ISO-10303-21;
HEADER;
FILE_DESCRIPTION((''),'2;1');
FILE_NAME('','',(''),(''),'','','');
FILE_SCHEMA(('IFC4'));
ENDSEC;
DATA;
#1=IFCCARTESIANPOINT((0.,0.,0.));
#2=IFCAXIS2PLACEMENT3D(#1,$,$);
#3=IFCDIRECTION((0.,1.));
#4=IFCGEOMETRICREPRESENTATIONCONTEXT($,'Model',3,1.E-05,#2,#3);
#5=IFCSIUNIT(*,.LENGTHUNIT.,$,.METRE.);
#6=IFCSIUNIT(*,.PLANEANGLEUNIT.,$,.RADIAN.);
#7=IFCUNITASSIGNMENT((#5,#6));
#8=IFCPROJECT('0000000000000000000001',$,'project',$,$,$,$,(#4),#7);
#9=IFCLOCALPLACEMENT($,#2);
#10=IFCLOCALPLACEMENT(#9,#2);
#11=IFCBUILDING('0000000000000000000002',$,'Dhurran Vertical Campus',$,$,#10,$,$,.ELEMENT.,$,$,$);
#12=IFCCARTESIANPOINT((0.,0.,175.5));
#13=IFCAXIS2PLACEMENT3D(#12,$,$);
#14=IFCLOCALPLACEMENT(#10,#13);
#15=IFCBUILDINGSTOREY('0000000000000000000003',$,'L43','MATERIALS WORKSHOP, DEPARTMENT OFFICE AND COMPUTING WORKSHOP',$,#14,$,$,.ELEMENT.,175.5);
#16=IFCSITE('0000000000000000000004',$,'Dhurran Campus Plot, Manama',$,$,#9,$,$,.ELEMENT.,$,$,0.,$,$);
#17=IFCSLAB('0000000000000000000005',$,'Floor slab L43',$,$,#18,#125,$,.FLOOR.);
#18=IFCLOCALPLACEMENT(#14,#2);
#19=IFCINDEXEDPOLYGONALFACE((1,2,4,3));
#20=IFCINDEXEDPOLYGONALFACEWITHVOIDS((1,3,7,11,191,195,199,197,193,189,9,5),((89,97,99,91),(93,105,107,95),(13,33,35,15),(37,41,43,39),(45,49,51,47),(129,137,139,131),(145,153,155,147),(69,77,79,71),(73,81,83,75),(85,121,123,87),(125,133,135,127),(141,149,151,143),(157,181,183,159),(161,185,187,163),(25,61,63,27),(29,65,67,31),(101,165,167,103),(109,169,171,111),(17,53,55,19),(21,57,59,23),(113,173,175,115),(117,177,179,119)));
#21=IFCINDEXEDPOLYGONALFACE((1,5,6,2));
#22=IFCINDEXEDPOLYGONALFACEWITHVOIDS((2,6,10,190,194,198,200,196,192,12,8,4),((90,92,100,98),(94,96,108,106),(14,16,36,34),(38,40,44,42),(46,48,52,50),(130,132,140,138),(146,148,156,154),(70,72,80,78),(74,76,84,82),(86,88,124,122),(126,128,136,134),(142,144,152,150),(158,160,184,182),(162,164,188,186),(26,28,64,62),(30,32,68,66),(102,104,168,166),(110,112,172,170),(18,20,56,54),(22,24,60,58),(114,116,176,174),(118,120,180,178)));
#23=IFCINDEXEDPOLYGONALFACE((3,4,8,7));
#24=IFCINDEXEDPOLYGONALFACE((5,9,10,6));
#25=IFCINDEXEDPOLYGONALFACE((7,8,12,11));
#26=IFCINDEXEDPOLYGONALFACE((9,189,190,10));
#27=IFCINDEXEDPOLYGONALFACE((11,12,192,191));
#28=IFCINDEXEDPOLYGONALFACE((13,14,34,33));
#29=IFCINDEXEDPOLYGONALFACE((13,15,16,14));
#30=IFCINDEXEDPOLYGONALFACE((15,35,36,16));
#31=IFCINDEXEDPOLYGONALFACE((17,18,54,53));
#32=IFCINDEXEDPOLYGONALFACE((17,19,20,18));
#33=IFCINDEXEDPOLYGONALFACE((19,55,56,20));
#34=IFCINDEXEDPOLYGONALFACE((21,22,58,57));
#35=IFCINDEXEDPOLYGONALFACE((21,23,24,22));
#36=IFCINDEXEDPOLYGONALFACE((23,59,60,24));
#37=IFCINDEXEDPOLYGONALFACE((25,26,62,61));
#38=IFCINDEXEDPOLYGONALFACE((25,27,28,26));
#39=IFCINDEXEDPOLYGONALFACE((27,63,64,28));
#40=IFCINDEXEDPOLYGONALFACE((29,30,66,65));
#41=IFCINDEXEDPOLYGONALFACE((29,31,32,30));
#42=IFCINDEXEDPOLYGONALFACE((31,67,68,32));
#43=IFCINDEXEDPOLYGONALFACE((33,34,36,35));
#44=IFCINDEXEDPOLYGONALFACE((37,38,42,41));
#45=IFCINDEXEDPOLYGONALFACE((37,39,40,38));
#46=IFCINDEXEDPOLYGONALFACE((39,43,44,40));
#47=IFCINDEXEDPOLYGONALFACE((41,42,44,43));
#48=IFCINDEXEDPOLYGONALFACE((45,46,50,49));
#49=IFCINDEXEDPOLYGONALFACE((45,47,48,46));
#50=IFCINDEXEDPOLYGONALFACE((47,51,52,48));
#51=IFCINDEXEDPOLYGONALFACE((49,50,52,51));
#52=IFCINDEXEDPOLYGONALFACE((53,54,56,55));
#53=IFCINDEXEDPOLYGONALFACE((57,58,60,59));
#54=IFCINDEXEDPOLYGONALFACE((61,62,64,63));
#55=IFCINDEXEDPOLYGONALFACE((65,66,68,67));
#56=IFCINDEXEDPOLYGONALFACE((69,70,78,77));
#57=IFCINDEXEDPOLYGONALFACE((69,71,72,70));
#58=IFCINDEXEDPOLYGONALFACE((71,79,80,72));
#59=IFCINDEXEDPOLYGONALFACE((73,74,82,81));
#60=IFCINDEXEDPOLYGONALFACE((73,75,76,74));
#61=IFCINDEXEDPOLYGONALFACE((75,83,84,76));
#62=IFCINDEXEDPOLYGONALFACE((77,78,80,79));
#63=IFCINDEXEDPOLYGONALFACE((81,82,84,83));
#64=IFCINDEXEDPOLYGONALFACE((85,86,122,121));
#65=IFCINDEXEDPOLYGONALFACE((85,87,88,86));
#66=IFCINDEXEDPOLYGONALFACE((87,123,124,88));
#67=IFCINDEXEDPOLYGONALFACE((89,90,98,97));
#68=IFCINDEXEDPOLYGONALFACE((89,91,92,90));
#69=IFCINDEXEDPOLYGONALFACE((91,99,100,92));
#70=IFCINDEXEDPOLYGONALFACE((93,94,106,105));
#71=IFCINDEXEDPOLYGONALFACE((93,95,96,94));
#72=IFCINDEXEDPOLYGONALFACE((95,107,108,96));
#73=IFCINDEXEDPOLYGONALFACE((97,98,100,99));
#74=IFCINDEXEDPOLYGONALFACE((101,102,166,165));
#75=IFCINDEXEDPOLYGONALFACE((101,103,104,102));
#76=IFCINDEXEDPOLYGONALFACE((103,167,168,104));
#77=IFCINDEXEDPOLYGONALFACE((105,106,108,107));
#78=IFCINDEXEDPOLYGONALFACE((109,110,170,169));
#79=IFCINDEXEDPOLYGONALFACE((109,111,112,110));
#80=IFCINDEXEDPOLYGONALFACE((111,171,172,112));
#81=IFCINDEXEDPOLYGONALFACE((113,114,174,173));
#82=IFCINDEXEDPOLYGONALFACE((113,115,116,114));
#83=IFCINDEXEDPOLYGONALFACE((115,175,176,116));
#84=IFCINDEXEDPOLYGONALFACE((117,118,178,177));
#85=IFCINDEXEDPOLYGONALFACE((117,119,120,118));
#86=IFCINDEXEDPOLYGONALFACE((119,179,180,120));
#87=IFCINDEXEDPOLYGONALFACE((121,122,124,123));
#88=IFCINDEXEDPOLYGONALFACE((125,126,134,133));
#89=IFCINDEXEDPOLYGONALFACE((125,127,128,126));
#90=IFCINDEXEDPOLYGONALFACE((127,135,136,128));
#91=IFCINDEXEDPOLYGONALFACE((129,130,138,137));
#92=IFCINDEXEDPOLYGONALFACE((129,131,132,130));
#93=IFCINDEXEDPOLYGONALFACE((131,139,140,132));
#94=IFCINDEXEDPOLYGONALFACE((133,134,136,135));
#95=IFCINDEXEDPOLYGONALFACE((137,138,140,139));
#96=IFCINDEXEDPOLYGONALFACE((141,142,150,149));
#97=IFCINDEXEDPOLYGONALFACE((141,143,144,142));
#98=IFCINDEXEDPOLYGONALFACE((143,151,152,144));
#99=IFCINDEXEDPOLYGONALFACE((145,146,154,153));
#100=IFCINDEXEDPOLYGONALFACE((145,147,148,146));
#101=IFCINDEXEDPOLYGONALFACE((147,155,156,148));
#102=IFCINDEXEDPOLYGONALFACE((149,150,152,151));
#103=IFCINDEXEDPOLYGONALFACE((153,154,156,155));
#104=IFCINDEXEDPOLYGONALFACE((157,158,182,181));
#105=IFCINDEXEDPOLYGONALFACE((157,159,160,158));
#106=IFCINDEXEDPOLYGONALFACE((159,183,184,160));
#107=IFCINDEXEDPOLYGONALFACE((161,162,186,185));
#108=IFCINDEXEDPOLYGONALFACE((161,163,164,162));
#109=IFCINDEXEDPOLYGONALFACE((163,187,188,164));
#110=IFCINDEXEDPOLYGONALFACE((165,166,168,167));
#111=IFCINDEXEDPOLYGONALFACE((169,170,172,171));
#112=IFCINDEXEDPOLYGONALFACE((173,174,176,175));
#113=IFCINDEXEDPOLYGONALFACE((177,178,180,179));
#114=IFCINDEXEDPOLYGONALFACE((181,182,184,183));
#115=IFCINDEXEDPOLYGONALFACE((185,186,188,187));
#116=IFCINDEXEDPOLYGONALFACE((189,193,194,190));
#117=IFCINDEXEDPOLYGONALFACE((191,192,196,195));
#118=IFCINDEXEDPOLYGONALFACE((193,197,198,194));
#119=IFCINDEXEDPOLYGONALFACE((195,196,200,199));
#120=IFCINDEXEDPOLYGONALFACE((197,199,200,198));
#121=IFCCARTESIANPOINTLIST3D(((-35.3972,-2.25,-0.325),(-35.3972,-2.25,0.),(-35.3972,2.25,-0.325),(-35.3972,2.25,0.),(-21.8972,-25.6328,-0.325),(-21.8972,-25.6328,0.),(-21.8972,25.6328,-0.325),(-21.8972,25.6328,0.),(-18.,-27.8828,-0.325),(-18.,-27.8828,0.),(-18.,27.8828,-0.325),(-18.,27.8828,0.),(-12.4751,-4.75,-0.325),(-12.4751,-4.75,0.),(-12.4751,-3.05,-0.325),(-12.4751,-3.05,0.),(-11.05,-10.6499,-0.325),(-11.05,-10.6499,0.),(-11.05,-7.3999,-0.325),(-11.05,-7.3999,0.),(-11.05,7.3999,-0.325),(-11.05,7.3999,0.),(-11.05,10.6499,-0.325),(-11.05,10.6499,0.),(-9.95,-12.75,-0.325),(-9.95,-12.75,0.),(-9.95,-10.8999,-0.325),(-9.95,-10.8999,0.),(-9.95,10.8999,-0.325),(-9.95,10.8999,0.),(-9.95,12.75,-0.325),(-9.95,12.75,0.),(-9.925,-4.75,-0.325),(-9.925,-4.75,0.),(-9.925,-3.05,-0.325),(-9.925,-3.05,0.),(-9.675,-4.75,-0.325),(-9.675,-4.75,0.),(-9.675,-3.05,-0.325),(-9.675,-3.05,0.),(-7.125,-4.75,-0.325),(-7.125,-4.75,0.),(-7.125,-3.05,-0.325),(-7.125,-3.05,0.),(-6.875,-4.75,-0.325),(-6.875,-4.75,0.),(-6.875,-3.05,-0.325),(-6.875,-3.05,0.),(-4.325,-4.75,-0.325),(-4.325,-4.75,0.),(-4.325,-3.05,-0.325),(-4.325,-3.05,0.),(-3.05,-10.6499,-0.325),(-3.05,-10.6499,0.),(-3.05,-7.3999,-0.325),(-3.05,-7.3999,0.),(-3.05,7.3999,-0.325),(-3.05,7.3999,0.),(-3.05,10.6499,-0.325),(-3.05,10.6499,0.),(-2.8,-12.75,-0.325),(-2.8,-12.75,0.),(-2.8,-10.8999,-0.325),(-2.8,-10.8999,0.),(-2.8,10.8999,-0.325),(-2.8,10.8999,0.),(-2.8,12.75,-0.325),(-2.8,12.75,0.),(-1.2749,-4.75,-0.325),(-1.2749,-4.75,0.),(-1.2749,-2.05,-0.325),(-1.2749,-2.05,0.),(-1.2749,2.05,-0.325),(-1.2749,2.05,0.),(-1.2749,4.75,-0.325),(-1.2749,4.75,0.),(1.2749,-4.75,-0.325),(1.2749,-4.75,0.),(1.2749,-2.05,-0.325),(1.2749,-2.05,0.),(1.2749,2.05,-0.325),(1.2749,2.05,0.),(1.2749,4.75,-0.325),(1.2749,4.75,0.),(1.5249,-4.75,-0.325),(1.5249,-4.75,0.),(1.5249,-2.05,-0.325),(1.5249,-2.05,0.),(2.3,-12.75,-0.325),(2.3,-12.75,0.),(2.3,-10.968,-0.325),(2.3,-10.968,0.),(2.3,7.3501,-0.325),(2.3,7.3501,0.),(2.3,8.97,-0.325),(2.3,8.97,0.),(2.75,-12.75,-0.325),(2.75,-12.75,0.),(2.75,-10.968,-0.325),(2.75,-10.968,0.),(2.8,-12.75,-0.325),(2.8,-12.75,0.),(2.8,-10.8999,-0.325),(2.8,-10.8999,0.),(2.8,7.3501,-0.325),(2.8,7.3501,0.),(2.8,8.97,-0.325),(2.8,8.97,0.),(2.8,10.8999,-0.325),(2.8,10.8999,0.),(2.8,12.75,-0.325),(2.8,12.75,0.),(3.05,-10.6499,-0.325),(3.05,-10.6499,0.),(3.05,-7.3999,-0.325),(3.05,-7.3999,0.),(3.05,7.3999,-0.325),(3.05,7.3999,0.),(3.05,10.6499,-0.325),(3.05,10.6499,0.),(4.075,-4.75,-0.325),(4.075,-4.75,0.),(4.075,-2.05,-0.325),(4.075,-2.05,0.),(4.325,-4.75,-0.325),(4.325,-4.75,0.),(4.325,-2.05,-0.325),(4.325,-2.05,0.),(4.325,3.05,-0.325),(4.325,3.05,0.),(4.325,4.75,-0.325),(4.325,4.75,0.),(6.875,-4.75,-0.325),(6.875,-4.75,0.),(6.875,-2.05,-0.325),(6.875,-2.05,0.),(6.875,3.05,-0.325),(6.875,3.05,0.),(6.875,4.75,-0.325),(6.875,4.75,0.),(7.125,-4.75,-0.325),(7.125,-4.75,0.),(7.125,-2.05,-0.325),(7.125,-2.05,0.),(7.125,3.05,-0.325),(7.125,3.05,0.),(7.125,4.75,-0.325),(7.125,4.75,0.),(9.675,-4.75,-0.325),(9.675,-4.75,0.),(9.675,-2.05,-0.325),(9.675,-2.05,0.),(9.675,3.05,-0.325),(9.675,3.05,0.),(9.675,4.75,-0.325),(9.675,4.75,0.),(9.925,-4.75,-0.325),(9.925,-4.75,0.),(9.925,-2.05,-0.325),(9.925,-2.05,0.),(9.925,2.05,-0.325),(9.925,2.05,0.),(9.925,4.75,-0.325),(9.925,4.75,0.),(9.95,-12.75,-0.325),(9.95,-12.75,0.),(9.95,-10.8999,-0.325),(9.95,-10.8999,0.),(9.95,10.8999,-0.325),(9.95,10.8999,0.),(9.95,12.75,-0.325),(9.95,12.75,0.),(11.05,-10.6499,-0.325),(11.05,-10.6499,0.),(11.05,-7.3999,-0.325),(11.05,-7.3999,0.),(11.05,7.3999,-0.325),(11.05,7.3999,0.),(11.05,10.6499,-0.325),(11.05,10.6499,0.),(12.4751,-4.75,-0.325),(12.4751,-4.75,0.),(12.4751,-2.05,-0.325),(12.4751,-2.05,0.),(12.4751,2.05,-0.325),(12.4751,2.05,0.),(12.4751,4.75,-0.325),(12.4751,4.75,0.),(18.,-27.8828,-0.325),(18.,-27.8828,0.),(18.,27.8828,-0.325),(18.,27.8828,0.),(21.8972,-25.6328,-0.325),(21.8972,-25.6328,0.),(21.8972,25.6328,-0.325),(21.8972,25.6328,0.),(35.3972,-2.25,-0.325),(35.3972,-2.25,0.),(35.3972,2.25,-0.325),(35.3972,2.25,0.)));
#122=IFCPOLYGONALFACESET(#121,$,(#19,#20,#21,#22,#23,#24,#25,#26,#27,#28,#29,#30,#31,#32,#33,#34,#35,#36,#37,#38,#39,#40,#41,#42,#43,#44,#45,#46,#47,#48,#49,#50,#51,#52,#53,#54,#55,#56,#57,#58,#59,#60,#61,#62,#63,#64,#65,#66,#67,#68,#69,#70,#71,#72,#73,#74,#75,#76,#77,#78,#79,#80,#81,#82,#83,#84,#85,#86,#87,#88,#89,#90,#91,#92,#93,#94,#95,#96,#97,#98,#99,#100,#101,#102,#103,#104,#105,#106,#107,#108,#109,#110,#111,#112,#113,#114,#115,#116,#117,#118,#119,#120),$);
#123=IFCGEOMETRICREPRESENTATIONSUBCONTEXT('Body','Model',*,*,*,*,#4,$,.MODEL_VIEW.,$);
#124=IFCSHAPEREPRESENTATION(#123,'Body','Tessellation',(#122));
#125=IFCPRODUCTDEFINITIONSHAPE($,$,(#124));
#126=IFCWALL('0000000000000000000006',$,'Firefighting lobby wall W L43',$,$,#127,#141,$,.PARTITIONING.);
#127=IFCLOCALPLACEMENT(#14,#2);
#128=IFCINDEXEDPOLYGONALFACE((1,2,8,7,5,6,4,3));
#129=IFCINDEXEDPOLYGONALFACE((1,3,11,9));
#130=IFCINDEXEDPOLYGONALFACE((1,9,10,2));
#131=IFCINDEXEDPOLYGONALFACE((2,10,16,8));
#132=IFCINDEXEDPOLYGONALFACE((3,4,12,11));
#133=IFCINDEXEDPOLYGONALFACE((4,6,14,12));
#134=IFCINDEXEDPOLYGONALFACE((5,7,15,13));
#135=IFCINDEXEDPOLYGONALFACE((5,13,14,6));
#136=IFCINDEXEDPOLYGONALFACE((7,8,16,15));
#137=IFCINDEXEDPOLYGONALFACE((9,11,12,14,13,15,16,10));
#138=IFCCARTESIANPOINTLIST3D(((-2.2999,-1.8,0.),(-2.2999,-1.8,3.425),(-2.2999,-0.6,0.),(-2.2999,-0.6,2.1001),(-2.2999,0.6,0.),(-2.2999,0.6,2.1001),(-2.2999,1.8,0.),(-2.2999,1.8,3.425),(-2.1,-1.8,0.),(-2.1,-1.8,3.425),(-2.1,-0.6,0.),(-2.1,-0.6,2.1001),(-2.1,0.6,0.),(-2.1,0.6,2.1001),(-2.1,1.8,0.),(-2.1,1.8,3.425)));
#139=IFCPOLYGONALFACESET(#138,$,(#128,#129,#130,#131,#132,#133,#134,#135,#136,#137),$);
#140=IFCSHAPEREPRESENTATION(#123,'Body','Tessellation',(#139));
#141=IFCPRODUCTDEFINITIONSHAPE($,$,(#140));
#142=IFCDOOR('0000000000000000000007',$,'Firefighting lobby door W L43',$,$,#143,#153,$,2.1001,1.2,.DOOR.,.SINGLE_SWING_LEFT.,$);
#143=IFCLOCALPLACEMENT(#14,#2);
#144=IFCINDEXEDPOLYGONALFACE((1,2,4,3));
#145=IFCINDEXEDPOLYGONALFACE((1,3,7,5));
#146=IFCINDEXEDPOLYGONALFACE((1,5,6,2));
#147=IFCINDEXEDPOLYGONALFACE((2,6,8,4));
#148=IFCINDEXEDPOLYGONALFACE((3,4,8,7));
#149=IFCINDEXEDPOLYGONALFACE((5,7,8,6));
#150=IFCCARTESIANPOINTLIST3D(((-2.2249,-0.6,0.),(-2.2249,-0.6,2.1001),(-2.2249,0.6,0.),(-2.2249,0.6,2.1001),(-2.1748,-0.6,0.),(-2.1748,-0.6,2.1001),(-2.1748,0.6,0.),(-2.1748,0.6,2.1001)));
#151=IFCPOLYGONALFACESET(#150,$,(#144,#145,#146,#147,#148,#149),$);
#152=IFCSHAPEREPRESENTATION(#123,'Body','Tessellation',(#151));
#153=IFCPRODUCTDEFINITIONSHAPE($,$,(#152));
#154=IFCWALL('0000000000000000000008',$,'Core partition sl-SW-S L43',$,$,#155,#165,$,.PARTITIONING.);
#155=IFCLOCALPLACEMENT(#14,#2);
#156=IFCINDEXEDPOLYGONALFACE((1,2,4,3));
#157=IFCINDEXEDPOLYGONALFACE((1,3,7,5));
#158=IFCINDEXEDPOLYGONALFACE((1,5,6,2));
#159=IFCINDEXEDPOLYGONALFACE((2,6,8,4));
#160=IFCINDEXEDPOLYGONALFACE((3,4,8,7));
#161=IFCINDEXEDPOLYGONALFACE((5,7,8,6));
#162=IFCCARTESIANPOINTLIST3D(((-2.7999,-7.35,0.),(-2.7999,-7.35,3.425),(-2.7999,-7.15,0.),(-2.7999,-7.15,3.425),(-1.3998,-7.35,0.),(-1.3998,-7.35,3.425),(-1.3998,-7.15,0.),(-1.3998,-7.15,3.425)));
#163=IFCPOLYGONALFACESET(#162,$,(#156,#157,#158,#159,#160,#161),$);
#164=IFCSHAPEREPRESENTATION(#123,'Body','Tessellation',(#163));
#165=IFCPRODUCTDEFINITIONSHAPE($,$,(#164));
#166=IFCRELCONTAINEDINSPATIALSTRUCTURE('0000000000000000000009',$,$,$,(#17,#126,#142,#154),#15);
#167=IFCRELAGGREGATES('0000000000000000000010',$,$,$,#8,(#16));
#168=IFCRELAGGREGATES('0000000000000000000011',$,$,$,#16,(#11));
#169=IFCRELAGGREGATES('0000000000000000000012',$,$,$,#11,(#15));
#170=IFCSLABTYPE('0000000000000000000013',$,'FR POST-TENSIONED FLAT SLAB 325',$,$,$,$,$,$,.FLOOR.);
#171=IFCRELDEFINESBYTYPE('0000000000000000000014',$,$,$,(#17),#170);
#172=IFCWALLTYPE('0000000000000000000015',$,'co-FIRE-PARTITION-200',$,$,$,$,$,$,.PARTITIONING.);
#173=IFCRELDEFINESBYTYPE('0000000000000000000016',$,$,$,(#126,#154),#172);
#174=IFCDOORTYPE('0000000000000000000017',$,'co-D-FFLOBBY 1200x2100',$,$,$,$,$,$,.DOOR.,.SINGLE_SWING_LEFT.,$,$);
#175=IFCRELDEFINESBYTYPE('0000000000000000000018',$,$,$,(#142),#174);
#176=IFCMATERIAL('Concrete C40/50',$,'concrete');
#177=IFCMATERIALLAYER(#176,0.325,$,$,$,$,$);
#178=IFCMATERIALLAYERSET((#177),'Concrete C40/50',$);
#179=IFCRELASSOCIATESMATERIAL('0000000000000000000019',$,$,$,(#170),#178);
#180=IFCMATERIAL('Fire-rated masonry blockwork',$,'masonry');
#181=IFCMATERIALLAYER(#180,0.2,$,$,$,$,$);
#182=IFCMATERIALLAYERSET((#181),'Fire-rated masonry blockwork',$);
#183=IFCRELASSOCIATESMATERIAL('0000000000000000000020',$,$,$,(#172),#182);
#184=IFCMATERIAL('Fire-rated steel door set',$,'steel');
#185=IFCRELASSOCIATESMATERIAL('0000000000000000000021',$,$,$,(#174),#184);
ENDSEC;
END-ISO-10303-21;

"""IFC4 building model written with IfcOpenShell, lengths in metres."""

from ifc_helpers import new_model, si_unit, direction, frame, frame_2d, origin, place, context, subcontext, project, spatial, polyline, rectangle, outline, extrude, material, layer, layer_set, type_object, element, fill, save


model = new_model("IFC4")

# Units and contexts
model_context = context("Model", 3, precision=1e-05, world=origin(), true_north=direction((0.0, 1.0)))
body_context = subcontext(model_context, "Body", "Model", "MODEL_VIEW")
ifc_project = project(units=[si_unit("LENGTHUNIT", "METRE"), si_unit("PLANEANGLEUNIT", "RADIAN")], contexts=[model_context])

# Site, building, storey
site_placement = place(None, origin())
site = spatial("IfcSite", under=ifc_project, at=site_placement, Name="Dhurran Campus Plot, Manama", CompositionType="ELEMENT", RefElevation=0.0)
building_placement = place(site_placement, origin())
building = spatial("IfcBuilding", under=site, at=building_placement, Name="Dhurran Vertical Campus", CompositionType="ELEMENT")
storey_placement = place(building_placement, frame((0.0, 0.0, 175.5)))
storey = spatial("IfcBuildingStorey", under=building, at=storey_placement, Name="L43", Description="MATERIALS WORKSHOP, DEPARTMENT OFFICE AND COMPUTING WORKSHOP", CompositionType="ELEMENT", Elevation=175.5)

# Slab
ifc_material_1 = material(Name="Concrete C40/50", Category="concrete")
ifc_layer_1 = layer(ifc_material_1, 0.325)
ifc_layer_set_1 = layer_set([ifc_layer_1], Name="Concrete C40/50")
slab_type = type_object("IfcSlabType", Name="FR POST-TENSIONED FLAT SLAB 325", PredefinedType="FLOOR", material=ifc_layer_set_1)
slab_placement = place(storey_placement, frame((0.0, 0.0, -0.325)))
element("IfcSlab", 1, at=slab_placement, inside=storey, type_object=slab_type, Name="Floor slab L43", PredefinedType="FLOOR", context=body_context, shape_type="SweptSolid", body=[
    extrude(outline(polyline([(-18.0, -27.8828), (18.0, -27.8828), (21.8972, -25.6328), (35.3972, -2.25), (35.3972, 2.25), (21.8972, 25.6328), (18.0, 27.8828), (-18.0, 27.8828), (-21.8972, 25.6328), (-35.3972, 2.25), (-35.3972, -2.25), (-21.8972, -25.6328), (-18.0, -27.8828)]), holes=[polyline([(-1.2749, 2.05), (1.2749, 2.05), (1.2749, 4.75), (-1.2749, 4.75), (-1.2749, 2.05)]), polyline([(9.925, 2.05), (12.4751, 2.05), (12.4751, 4.75), (9.925, 4.75), (9.925, 2.05)]), polyline([(-1.2749, -4.75), (1.2749, -4.75), (1.2749, -2.05), (-1.2749, -2.05), (-1.2749, -4.75)]), polyline([(1.5249, -4.75), (4.075, -4.75), (4.075, -2.05), (1.5249, -2.05), (1.5249, -4.75)]), polyline([(4.325, -4.75), (6.875, -4.75), (6.875, -2.05), (4.325, -2.05), (4.325, -4.75)]), polyline([(7.125, -4.75), (9.675, -4.75), (9.675, -2.05), (7.125, -2.05), (7.125, -4.75)]), polyline([(9.925, -4.75), (12.4751, -4.75), (12.4751, -2.05), (9.925, -2.05), (9.925, -4.75)]), polyline([(4.325, 3.05), (6.875, 3.05), (6.875, 4.75), (4.325, 4.75), (4.325, 3.05)]), polyline([(7.125, 3.05), (9.675, 3.05), (9.675, 4.75), (7.125, 4.75), (7.125, 3.05)]), polyline([(-12.4751, -4.75), (-9.925, -4.75), (-9.925, -3.05), (-12.4751, -3.05), (-12.4751, -4.75)]), polyline([(-9.675, -4.75), (-7.125, -4.75), (-7.125, -3.05), (-9.675, -3.05), (-9.675, -4.75)]), polyline([(-6.875, -4.75), (-4.325, -4.75), (-4.325, -3.05), (-6.875, -3.05), (-6.875, -4.75)]), polyline([(-11.05, 7.3999), (-3.05, 7.3999), (-3.05, 10.6499), (-11.05, 10.6499), (-11.05, 7.3999)]), polyline([(3.05, 7.3999), (11.05, 7.3999), (11.05, 10.6499), (3.05, 10.6499), (3.05, 7.3999)]), polyline([(-11.05, -10.6499), (-3.05, -10.6499), (-3.05, -7.3999), (-11.05, -7.3999), (-11.05, -10.6499)]), polyline([(3.05, -10.6499), (11.05, -10.6499), (11.05, -7.3999), (3.05, -7.3999), (3.05, -10.6499)]), polyline([(-9.95, 10.8999), (-9.95, 12.75), (-2.8, 12.75), (-2.8, 10.8999), (-9.95, 10.8999)]), polyline([(9.95, 12.75), (9.95, 10.8999), (2.8, 10.8999), (2.8, 12.75), (9.95, 12.75)]), polyline([(-9.95, -12.75), (-9.95, -10.8999), (-2.8, -10.8999), (-2.8, -12.75), (-9.95, -12.75)]), polyline([(9.95, -10.8999), (9.95, -12.75), (2.8, -12.75), (2.8, -10.8999), (9.95, -10.8999)]), polyline([(2.3, 7.3501), (2.3, 8.97), (2.8, 8.97), (2.8, 7.3501), (2.3, 7.3501)]), polyline([(2.3, -12.75), (2.3, -10.968), (2.75, -10.968), (2.75, -12.75), (2.3, -12.75)])]), origin(), (0.0, 0.0, 1.0), 0.325),
])

# Wall, opening, door
ifc_material_2 = material(Name="Fire-rated masonry blockwork", Category="masonry")
ifc_layer_2 = layer(ifc_material_2, 0.2)
ifc_layer_set_2 = layer_set([ifc_layer_2], Name="Fire-rated masonry blockwork")
wall_type_1 = type_object("IfcWallType", Name="co-FIRE-PARTITION-200", PredefinedType="PARTITIONING", material=ifc_layer_set_2)
wall_1_placement = place(storey_placement, frame((-2.2, -1.8, 0.0), z_axis=(0.0, 0.0, 1.0), x_axis=(0.0, 1.0, 0.0)))
wall_1 = element("IfcWall", 2, at=wall_1_placement, inside=storey, type_object=wall_type_1, Name="Firefighting lobby wall W L43", PredefinedType="PARTITIONING", context=body_context, shape_type="SweptSolid", body=[
    extrude(rectangle(XDim=3.6001, YDim=0.2, at=frame_2d((1.8, 0.0))), origin(), (0.0, 0.0, 1.0), 3.425),
])
opening_1_placement = place(wall_1_placement, frame((1.2, 0.0, 0.0)))
opening_1 = element("IfcOpeningElement", 3, at=opening_1_placement, cuts=wall_1, PredefinedType="OPENING", context=body_context, shape_type="SweptSolid", body=[
    extrude(rectangle(XDim=1.2, YDim=2.1001, at=frame_2d((0.6001, 1.05))), frame((0.0, 0.1099, 0.0), z_axis=(0.0, -1.0, 0.0), x_axis=(1.0, 0.0, 0.0)), (0.0, 0.0, 1.0), 0.22),
])
ifc_material_3 = material(Name="Fire-rated steel door set", Category="steel")
door_type_1 = type_object("IfcDoorType", Name="co-D-FFLOBBY 1200x2100", OperationType="SINGLE_SWING_LEFT", PredefinedType="DOOR", material=ifc_material_3)
door_1_placement = place(opening_1_placement, origin())
door_1 = element("IfcDoor", 4, at=door_1_placement, inside=storey, type_object=door_type_1, Name="Firefighting lobby door W L43", OperationType="SINGLE_SWING_LEFT", OverallHeight=2.1001, OverallWidth=1.2, PredefinedType="DOOR", context=body_context, shape_type="SweptSolid", body=[
    extrude(rectangle(XDim=1.2, YDim=2.1001, at=frame_2d((0.6001, 1.05))), frame((0.0, 0.0249, 0.0), z_axis=(0.0, -1.0, 0.0), x_axis=(1.0, 0.0, 0.0)), (0.0, 0.0, 1.0), 0.05),
])
fill(opening_1, door_1)

# Wall
wall_2_placement = place(storey_placement, frame((-2.8, -7.25, 0.0), z_axis=(0.0, 0.0, 1.0), x_axis=(1.0, 0.0, 0.0)))
element("IfcWall", 5, at=wall_2_placement, inside=storey, type_object=wall_type_1, Name="Core partition sl-SW-S L43", PredefinedType="PARTITIONING", context=body_context, shape_type="SweptSolid", body=[
    extrude(rectangle(XDim=1.4001, YDim=0.2, at=frame_2d((0.7002, 0.0))), origin(), (0.0, 0.0, 1.0), 3.425),
])

save(model, "model.ifc")
